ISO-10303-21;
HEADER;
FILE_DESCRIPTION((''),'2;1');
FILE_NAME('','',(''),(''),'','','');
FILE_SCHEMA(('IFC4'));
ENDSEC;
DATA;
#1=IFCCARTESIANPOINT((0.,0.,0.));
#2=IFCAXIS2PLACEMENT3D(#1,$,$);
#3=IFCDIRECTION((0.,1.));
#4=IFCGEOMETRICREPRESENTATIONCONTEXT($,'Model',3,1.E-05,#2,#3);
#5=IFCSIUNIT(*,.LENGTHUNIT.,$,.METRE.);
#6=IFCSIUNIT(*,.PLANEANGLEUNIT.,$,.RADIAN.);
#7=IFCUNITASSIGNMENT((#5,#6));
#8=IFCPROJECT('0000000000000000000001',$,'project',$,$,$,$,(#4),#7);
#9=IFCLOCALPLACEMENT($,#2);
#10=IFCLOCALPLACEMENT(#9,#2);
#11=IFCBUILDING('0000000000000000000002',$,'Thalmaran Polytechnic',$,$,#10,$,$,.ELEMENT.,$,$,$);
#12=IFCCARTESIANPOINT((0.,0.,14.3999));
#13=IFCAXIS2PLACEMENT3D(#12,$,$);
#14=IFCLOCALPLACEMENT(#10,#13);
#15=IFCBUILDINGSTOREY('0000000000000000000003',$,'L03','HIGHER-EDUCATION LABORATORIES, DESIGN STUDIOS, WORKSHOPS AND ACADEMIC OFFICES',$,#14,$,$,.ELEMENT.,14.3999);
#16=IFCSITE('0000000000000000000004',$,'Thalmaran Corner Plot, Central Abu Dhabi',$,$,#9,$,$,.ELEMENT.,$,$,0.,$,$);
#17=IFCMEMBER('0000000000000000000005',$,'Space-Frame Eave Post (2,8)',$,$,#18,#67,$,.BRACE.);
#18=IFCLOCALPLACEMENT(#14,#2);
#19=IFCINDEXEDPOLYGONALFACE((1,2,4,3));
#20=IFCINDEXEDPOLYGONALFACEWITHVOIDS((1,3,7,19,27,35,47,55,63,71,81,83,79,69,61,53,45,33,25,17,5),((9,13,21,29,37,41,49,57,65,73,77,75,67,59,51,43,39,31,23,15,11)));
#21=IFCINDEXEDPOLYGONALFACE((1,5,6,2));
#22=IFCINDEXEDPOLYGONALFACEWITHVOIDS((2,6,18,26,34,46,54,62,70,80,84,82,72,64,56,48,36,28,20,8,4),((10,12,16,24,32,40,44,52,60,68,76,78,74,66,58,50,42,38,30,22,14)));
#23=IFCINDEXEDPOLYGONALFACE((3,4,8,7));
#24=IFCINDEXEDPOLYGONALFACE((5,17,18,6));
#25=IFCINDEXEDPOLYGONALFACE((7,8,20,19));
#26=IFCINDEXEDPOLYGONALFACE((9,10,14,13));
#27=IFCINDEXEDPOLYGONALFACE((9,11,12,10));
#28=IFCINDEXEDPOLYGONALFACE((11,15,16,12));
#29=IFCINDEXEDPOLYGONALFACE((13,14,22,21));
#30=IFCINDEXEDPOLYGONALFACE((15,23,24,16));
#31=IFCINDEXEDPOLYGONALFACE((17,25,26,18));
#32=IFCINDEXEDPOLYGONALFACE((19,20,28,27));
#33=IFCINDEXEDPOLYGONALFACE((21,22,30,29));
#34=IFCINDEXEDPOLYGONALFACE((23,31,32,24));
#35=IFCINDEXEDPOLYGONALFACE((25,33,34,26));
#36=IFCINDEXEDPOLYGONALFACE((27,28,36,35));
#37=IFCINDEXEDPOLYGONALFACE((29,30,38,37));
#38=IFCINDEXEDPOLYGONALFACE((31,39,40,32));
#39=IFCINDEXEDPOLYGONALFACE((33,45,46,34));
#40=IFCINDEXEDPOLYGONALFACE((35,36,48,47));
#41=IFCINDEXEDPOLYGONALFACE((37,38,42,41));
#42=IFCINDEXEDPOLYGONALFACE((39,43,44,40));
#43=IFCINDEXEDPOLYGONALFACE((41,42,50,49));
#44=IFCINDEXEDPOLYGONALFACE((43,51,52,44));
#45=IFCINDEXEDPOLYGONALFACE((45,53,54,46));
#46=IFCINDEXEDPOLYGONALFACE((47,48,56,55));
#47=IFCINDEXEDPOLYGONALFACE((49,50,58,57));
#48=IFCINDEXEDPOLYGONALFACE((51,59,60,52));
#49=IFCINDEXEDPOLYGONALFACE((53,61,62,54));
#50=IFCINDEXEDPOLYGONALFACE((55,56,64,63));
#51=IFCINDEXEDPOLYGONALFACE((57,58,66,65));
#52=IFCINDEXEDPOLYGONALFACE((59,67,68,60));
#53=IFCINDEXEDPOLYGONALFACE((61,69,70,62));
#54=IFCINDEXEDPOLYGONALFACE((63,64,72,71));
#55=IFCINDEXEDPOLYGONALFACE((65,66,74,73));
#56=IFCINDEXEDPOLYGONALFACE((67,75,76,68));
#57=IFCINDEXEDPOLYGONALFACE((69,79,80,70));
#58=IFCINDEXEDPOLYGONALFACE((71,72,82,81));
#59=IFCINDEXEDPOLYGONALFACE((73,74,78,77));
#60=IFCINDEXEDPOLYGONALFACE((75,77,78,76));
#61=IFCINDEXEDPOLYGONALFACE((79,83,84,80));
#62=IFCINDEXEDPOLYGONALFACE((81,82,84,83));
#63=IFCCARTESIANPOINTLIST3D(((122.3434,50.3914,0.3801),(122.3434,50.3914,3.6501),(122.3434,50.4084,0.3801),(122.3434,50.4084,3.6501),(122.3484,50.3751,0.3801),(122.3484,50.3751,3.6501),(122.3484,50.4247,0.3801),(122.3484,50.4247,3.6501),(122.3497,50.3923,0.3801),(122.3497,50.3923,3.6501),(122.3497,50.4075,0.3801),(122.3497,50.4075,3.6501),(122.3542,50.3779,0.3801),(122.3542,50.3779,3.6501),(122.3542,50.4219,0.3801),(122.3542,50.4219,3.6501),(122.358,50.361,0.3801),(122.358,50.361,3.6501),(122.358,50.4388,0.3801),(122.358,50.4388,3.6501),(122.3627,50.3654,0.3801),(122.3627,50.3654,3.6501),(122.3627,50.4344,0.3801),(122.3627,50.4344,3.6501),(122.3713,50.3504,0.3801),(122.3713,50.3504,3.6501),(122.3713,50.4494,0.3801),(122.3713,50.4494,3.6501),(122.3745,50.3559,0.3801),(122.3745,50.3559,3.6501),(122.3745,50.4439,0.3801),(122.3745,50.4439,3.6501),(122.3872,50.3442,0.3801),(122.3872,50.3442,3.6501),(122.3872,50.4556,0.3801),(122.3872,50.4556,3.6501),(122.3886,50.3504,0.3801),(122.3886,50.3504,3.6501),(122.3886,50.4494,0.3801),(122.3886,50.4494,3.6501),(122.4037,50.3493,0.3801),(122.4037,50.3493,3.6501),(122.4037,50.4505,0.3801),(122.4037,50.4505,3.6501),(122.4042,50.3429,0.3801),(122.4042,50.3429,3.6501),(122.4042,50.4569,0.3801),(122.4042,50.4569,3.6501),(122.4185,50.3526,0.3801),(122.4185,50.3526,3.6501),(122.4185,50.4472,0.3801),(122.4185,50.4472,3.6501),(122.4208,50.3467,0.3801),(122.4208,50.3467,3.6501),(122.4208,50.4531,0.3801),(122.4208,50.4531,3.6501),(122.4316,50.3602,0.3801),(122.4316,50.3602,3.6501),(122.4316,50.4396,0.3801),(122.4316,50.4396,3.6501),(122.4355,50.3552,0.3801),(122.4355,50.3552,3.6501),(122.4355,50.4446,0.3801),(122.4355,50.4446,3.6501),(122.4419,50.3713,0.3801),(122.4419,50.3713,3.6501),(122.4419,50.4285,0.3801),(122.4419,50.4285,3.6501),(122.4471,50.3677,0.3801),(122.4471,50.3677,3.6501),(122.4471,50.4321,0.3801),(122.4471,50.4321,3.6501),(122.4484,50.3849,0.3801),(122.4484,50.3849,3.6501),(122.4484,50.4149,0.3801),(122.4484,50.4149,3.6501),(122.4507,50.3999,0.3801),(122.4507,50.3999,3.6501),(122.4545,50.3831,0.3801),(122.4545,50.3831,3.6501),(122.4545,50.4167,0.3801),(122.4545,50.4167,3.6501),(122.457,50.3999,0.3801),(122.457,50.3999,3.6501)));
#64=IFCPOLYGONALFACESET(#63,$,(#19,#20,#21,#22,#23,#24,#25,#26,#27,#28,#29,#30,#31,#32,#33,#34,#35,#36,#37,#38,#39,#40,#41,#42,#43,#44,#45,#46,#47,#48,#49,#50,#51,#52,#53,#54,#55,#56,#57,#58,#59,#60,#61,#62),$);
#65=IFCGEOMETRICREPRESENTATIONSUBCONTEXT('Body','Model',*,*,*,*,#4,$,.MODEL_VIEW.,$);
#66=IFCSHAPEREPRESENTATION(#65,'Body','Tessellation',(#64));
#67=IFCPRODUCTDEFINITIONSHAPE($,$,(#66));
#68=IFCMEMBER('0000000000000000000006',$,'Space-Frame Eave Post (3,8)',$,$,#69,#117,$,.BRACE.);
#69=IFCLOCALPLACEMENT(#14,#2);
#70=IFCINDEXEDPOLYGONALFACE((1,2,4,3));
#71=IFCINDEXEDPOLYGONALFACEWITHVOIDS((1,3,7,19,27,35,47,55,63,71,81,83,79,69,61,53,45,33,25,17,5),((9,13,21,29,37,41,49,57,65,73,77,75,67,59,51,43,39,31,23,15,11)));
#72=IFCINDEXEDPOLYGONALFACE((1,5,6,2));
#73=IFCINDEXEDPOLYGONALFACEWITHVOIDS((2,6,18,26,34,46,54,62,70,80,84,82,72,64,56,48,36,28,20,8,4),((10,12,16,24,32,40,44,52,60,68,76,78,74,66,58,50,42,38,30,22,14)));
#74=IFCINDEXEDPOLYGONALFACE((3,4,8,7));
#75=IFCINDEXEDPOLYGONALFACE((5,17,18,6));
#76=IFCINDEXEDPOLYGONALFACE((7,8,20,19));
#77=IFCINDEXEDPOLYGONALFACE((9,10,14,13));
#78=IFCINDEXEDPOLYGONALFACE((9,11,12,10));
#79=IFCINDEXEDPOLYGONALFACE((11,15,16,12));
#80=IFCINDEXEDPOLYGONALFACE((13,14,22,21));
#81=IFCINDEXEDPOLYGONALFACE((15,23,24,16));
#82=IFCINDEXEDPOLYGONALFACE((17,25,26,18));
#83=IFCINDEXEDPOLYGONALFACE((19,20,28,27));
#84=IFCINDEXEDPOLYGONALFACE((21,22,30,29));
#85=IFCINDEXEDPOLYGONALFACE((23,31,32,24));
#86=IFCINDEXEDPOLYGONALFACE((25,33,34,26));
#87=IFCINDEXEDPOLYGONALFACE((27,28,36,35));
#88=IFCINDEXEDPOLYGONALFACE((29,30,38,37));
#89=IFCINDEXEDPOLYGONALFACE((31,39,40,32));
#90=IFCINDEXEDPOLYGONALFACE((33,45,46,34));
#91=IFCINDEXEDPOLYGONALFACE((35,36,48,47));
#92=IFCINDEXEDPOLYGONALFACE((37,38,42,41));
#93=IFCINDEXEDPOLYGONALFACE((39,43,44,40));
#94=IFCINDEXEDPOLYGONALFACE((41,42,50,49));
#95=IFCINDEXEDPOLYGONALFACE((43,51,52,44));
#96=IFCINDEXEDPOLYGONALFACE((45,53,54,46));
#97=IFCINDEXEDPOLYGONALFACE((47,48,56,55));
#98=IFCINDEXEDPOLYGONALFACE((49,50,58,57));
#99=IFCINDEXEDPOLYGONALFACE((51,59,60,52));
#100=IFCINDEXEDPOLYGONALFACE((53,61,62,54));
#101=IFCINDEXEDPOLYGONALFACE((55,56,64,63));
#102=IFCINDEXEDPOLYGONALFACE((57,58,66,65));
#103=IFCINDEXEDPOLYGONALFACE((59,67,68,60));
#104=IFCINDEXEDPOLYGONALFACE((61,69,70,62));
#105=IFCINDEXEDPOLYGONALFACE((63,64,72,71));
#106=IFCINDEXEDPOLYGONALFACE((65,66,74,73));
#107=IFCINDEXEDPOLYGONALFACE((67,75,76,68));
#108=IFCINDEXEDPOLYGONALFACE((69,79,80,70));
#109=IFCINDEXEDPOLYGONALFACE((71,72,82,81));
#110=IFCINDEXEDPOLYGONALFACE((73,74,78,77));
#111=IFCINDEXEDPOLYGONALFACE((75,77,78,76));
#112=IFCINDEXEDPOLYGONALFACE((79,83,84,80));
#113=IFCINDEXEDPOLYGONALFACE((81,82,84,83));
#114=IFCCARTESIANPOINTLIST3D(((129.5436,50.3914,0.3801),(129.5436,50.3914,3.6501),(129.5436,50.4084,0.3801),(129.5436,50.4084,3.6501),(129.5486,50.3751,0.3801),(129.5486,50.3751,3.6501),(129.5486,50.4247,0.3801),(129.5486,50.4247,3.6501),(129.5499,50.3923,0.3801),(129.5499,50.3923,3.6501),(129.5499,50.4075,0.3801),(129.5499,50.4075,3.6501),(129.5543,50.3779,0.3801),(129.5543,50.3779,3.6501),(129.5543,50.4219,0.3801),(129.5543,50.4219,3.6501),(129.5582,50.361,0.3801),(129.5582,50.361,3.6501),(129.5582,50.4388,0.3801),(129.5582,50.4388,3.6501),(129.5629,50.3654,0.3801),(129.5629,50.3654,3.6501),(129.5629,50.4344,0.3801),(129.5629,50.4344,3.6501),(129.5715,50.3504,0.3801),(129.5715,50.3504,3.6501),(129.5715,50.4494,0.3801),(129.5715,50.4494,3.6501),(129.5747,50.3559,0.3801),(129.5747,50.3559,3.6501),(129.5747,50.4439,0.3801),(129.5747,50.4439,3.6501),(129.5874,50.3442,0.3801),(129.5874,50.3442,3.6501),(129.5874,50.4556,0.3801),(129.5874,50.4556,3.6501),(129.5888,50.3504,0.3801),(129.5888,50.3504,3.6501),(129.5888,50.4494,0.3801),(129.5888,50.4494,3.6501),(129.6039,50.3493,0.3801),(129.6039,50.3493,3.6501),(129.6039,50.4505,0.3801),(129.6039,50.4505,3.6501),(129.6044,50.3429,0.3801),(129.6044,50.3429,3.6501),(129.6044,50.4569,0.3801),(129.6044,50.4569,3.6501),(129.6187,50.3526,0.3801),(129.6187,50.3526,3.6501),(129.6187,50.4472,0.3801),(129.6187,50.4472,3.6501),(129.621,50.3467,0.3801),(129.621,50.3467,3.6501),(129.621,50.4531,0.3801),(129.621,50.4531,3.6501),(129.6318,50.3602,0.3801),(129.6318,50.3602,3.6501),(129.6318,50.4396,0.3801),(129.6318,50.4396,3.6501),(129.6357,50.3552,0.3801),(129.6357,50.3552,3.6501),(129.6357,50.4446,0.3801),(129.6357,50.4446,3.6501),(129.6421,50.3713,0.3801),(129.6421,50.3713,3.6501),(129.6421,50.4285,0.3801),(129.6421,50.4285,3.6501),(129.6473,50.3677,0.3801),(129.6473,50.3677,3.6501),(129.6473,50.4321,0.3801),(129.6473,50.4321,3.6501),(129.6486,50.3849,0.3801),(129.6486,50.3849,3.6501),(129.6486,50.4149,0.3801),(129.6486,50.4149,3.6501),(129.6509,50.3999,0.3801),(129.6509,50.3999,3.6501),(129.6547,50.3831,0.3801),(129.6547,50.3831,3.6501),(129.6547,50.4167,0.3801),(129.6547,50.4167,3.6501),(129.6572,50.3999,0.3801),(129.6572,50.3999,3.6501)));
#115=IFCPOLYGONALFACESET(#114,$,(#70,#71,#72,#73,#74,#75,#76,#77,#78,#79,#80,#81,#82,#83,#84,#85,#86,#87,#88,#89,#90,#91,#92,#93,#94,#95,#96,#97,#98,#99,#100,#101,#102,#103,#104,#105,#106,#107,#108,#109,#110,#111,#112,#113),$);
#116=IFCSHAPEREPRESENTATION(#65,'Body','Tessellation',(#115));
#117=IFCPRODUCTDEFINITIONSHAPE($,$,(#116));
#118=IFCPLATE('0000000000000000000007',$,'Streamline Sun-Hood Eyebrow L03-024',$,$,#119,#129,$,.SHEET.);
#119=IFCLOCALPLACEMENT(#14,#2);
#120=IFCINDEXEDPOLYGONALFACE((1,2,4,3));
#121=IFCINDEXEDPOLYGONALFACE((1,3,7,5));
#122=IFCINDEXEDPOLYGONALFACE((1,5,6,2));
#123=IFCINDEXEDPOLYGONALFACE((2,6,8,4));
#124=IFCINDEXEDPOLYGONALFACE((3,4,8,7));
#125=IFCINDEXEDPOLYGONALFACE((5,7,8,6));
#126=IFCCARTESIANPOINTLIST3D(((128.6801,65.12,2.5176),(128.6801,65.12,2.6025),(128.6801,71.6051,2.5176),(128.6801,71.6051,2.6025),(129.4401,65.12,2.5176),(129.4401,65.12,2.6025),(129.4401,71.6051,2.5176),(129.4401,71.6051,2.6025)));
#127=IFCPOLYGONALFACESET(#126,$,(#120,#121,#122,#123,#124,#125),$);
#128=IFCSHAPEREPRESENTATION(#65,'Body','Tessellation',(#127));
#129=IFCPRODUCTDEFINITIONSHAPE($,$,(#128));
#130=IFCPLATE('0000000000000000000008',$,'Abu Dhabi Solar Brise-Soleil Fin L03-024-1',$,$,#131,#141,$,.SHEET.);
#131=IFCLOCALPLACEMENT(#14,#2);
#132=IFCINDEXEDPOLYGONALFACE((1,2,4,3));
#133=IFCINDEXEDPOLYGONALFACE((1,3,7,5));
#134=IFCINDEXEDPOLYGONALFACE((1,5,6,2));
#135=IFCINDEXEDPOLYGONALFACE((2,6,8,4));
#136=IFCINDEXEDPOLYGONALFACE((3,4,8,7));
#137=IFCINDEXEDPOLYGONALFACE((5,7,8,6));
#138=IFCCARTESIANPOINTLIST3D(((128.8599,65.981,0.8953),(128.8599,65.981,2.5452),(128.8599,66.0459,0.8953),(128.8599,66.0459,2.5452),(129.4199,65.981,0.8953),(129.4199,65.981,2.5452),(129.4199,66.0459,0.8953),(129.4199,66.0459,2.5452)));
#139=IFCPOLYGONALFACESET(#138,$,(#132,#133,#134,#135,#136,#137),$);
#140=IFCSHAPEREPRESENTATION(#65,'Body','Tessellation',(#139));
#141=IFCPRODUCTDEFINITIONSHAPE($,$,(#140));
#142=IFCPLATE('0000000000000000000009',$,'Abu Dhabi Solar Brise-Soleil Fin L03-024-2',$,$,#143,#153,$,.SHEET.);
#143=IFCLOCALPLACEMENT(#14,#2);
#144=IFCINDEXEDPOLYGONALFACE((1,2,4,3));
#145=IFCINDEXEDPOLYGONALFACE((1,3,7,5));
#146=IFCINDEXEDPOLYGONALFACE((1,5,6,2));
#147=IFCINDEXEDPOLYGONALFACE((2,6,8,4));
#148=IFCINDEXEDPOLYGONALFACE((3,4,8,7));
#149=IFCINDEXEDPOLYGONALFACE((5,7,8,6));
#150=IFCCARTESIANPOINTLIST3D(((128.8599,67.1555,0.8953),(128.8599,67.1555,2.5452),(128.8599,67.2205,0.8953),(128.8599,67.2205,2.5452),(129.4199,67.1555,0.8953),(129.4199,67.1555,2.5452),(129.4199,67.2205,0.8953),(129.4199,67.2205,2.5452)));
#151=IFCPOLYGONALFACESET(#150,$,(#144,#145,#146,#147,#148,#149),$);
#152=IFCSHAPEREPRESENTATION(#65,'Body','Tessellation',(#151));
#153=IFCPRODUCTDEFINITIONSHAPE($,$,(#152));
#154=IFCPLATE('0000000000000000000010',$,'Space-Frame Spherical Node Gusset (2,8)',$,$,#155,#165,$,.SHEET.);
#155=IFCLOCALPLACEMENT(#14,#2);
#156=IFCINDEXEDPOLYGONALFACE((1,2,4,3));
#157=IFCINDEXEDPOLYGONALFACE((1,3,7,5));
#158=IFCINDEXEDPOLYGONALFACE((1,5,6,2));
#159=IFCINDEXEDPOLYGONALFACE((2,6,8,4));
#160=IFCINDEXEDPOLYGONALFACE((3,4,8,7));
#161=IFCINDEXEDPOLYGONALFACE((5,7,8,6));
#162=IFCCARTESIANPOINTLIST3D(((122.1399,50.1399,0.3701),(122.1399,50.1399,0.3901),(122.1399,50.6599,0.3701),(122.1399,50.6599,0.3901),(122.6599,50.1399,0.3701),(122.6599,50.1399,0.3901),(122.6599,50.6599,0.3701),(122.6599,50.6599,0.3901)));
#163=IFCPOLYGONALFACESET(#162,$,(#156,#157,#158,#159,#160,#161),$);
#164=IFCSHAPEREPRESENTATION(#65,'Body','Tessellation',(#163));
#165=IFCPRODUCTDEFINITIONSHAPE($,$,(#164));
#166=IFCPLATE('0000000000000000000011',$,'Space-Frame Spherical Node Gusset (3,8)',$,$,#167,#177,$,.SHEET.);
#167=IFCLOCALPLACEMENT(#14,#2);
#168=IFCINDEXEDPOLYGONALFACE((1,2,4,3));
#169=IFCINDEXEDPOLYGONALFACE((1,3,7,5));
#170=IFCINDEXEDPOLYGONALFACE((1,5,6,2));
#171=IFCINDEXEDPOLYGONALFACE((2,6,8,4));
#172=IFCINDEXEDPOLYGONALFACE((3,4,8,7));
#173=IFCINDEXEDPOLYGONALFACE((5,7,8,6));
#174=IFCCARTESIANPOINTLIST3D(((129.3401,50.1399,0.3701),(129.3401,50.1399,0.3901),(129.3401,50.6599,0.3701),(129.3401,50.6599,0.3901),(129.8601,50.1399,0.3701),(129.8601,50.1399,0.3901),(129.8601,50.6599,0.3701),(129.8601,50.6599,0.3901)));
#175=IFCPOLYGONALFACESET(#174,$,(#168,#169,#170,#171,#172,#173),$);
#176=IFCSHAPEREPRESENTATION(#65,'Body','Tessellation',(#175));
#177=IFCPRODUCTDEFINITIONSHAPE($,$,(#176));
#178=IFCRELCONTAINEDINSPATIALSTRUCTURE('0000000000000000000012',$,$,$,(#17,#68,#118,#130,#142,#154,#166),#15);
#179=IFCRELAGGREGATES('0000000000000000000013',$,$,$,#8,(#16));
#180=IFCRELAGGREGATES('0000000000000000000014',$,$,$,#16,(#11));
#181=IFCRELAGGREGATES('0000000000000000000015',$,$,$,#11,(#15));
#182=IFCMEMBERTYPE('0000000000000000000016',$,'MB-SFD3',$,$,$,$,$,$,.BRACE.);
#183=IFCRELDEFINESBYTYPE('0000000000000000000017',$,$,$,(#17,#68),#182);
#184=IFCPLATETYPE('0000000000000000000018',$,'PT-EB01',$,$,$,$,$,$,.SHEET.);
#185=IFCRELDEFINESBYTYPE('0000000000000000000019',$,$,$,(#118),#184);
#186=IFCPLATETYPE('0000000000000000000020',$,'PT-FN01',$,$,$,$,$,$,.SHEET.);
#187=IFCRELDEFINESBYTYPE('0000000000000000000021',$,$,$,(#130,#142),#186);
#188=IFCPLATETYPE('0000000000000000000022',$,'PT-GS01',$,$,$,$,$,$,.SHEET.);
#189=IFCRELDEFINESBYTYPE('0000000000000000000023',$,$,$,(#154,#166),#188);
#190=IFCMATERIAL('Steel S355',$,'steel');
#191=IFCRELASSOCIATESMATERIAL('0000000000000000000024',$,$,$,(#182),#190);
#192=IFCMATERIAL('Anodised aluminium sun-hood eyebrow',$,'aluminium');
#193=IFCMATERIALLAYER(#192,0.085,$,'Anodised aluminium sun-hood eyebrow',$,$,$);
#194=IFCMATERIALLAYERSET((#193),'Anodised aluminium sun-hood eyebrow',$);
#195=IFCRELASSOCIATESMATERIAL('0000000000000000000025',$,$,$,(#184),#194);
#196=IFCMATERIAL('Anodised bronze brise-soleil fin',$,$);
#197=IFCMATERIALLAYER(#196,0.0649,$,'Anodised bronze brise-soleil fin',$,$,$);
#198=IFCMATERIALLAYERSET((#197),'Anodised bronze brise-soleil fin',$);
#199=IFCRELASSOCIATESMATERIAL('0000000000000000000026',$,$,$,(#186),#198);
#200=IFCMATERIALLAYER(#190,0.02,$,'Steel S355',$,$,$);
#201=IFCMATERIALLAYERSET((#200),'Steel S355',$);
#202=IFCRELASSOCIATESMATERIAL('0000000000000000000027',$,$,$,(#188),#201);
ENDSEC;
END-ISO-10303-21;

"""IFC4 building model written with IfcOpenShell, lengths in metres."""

from ifc_helpers import new_model, si_unit, direction, frame, origin, origin_2d, place, context, subcontext, project, spatial, rectangle, hollow_circle, extrude, material, layer, layer_set, material_profile, profile_set, type_object, element, save


model = new_model("IFC4")

# Units and contexts
model_context = context("Model", 3, precision=1e-05, world=origin(), true_north=direction((0.0, 1.0)))
body_context = subcontext(model_context, "Body", "Model", "MODEL_VIEW")
ifc_project = project(units=[si_unit("LENGTHUNIT", "METRE"), si_unit("PLANEANGLEUNIT", "RADIAN")], contexts=[model_context])

# Site, building, storey
site_placement = place(None, origin())
site = spatial("IfcSite", under=ifc_project, at=site_placement, Name="Thalmaran Corner Plot, Central Abu Dhabi", CompositionType="ELEMENT", RefElevation=0.0)
building_placement = place(site_placement, origin())
building = spatial("IfcBuilding", under=site, at=building_placement, Name="Thalmaran Polytechnic", CompositionType="ELEMENT")
storey_placement = place(building_placement, frame((0.0, 0.0, 14.3999)))
storey = spatial("IfcBuildingStorey", under=building, at=storey_placement, Name="L03", Description="HIGHER-EDUCATION LABORATORIES, DESIGN STUDIOS, WORKSHOPS AND ACADEMIC OFFICES", CompositionType="ELEMENT", Elevation=14.3999)

# Shared definitions
ifc_material_1 = material(Name="Steel S355", Category="steel")

# Members
ifc_material_profile_1 = material_profile(ifc_material_1, hollow_circle(Radius=0.0571, WallThickness=0.0063, at=origin_2d()), Name="CHS 114.3x6.3")
ifc_profile_set_1 = profile_set([ifc_material_profile_1], Name="Steel S355")
member_type_1 = type_object("IfcMemberType", Name="MB-SFD3", PredefinedType="BRACE", material=ifc_profile_set_1)
for number, where, z_axis, x_axis, name in (
    (1, (122.3999, 50.3999, 0.3801), (0.0, 0.0, 1.0), (1.0, 0.0, 0.0), "Space-Frame Eave Post (2,8)"),
    (2, (129.6001, 50.3999, 0.3801), (0.0, 0.0, 1.0), (1.0, 0.0, 0.0), "Space-Frame Eave Post (3,8)"),
):
    element("IfcMember", number, at=place(storey_placement, frame(where, z_axis=z_axis, x_axis=x_axis)), inside=storey, type_object=member_type_1, Name=name, PredefinedType="BRACE", context=body_context, shape_type="SweptSolid", body=[
        extrude(hollow_circle(Radius=0.0571, WallThickness=0.0063, at=origin_2d()), origin(), (0.0, 0.0, 1.0), 3.27),
    ])

# Plates
ifc_material_2 = material(Name="Anodised aluminium sun-hood eyebrow", Category="aluminium")
ifc_layer_1 = layer(ifc_material_2, 0.085, Name="Anodised aluminium sun-hood eyebrow")
ifc_layer_set_1 = layer_set([ifc_layer_1], Name="Anodised aluminium sun-hood eyebrow")
plate_type_1 = type_object("IfcPlateType", Name="PT-EB01", PredefinedType="SHEET", material=ifc_layer_set_1)
plate_placement = place(storey_placement, frame((129.0601, 68.3625, 2.5176), z_axis=(0.0, 0.0, 1.0), x_axis=(0.0, 1.0, 0.0)))
element("IfcPlate", 3, at=plate_placement, inside=storey, type_object=plate_type_1, Name="Streamline Sun-Hood Eyebrow L03-024", PredefinedType="SHEET", context=body_context, shape_type="SweptSolid", body=[
    extrude(rectangle(XDim=6.4851, YDim=0.76, at=origin_2d()), origin(), (0.0, 0.0, 1.0), 0.085),
])
ifc_material_3 = material(Name="Anodised bronze brise-soleil fin")
ifc_layer_2 = layer(ifc_material_3, 0.0649, Name="Anodised bronze brise-soleil fin")
ifc_layer_set_2 = layer_set([ifc_layer_2], Name="Anodised bronze brise-soleil fin")
plate_type_2 = type_object("IfcPlateType", Name="PT-FN01", PredefinedType="SHEET", material=ifc_layer_set_2)
for number, where, z_axis, x_axis, name in (
    (4, (129.1399, 66.0134, 0.8953), (0.0, 0.0, 1.0), (0.0, 1.0, 0.0), "Abu Dhabi Solar Brise-Soleil Fin L03-024-1"),
    (5, (129.1399, 67.188, 0.8953), (0.0, 0.0, 1.0), (0.0, 1.0, 0.0), "Abu Dhabi Solar Brise-Soleil Fin L03-024-2"),
):
    element("IfcPlate", number, at=place(storey_placement, frame(where, z_axis=z_axis, x_axis=x_axis)), inside=storey, type_object=plate_type_2, Name=name, PredefinedType="SHEET", context=body_context, shape_type="SweptSolid", body=[
        extrude(rectangle(XDim=0.0649, YDim=0.5601, at=origin_2d()), origin(), (0.0, 0.0, 1.0), 1.6499),
    ])
ifc_layer_3 = layer(ifc_material_1, 0.02, Name="Steel S355")
ifc_layer_set_3 = layer_set([ifc_layer_3], Name="Steel S355")
plate_type_3 = type_object("IfcPlateType", Name="PT-GS01", PredefinedType="SHEET", material=ifc_layer_set_3)
for number, where, z_axis, x_axis, name in (
    (6, (122.3999, 50.3999, 0.3701), (0.0, 0.0, 1.0), (1.0, 0.0, 0.0), "Space-Frame Spherical Node Gusset (2,8)"),
    (7, (129.6001, 50.3999, 0.3701), (0.0, 0.0, 1.0), (1.0, 0.0, 0.0), "Space-Frame Spherical Node Gusset (3,8)"),
):
    element("IfcPlate", number, at=place(storey_placement, frame(where, z_axis=z_axis, x_axis=x_axis)), inside=storey, type_object=plate_type_3, Name=name, PredefinedType="SHEET", context=body_context, shape_type="SweptSolid", body=[
        extrude(rectangle(XDim=0.52, YDim=0.52, at=origin_2d()), origin(), (0.0, 0.0, 1.0), 0.02),
    ])

save(model, "model.ifc")
